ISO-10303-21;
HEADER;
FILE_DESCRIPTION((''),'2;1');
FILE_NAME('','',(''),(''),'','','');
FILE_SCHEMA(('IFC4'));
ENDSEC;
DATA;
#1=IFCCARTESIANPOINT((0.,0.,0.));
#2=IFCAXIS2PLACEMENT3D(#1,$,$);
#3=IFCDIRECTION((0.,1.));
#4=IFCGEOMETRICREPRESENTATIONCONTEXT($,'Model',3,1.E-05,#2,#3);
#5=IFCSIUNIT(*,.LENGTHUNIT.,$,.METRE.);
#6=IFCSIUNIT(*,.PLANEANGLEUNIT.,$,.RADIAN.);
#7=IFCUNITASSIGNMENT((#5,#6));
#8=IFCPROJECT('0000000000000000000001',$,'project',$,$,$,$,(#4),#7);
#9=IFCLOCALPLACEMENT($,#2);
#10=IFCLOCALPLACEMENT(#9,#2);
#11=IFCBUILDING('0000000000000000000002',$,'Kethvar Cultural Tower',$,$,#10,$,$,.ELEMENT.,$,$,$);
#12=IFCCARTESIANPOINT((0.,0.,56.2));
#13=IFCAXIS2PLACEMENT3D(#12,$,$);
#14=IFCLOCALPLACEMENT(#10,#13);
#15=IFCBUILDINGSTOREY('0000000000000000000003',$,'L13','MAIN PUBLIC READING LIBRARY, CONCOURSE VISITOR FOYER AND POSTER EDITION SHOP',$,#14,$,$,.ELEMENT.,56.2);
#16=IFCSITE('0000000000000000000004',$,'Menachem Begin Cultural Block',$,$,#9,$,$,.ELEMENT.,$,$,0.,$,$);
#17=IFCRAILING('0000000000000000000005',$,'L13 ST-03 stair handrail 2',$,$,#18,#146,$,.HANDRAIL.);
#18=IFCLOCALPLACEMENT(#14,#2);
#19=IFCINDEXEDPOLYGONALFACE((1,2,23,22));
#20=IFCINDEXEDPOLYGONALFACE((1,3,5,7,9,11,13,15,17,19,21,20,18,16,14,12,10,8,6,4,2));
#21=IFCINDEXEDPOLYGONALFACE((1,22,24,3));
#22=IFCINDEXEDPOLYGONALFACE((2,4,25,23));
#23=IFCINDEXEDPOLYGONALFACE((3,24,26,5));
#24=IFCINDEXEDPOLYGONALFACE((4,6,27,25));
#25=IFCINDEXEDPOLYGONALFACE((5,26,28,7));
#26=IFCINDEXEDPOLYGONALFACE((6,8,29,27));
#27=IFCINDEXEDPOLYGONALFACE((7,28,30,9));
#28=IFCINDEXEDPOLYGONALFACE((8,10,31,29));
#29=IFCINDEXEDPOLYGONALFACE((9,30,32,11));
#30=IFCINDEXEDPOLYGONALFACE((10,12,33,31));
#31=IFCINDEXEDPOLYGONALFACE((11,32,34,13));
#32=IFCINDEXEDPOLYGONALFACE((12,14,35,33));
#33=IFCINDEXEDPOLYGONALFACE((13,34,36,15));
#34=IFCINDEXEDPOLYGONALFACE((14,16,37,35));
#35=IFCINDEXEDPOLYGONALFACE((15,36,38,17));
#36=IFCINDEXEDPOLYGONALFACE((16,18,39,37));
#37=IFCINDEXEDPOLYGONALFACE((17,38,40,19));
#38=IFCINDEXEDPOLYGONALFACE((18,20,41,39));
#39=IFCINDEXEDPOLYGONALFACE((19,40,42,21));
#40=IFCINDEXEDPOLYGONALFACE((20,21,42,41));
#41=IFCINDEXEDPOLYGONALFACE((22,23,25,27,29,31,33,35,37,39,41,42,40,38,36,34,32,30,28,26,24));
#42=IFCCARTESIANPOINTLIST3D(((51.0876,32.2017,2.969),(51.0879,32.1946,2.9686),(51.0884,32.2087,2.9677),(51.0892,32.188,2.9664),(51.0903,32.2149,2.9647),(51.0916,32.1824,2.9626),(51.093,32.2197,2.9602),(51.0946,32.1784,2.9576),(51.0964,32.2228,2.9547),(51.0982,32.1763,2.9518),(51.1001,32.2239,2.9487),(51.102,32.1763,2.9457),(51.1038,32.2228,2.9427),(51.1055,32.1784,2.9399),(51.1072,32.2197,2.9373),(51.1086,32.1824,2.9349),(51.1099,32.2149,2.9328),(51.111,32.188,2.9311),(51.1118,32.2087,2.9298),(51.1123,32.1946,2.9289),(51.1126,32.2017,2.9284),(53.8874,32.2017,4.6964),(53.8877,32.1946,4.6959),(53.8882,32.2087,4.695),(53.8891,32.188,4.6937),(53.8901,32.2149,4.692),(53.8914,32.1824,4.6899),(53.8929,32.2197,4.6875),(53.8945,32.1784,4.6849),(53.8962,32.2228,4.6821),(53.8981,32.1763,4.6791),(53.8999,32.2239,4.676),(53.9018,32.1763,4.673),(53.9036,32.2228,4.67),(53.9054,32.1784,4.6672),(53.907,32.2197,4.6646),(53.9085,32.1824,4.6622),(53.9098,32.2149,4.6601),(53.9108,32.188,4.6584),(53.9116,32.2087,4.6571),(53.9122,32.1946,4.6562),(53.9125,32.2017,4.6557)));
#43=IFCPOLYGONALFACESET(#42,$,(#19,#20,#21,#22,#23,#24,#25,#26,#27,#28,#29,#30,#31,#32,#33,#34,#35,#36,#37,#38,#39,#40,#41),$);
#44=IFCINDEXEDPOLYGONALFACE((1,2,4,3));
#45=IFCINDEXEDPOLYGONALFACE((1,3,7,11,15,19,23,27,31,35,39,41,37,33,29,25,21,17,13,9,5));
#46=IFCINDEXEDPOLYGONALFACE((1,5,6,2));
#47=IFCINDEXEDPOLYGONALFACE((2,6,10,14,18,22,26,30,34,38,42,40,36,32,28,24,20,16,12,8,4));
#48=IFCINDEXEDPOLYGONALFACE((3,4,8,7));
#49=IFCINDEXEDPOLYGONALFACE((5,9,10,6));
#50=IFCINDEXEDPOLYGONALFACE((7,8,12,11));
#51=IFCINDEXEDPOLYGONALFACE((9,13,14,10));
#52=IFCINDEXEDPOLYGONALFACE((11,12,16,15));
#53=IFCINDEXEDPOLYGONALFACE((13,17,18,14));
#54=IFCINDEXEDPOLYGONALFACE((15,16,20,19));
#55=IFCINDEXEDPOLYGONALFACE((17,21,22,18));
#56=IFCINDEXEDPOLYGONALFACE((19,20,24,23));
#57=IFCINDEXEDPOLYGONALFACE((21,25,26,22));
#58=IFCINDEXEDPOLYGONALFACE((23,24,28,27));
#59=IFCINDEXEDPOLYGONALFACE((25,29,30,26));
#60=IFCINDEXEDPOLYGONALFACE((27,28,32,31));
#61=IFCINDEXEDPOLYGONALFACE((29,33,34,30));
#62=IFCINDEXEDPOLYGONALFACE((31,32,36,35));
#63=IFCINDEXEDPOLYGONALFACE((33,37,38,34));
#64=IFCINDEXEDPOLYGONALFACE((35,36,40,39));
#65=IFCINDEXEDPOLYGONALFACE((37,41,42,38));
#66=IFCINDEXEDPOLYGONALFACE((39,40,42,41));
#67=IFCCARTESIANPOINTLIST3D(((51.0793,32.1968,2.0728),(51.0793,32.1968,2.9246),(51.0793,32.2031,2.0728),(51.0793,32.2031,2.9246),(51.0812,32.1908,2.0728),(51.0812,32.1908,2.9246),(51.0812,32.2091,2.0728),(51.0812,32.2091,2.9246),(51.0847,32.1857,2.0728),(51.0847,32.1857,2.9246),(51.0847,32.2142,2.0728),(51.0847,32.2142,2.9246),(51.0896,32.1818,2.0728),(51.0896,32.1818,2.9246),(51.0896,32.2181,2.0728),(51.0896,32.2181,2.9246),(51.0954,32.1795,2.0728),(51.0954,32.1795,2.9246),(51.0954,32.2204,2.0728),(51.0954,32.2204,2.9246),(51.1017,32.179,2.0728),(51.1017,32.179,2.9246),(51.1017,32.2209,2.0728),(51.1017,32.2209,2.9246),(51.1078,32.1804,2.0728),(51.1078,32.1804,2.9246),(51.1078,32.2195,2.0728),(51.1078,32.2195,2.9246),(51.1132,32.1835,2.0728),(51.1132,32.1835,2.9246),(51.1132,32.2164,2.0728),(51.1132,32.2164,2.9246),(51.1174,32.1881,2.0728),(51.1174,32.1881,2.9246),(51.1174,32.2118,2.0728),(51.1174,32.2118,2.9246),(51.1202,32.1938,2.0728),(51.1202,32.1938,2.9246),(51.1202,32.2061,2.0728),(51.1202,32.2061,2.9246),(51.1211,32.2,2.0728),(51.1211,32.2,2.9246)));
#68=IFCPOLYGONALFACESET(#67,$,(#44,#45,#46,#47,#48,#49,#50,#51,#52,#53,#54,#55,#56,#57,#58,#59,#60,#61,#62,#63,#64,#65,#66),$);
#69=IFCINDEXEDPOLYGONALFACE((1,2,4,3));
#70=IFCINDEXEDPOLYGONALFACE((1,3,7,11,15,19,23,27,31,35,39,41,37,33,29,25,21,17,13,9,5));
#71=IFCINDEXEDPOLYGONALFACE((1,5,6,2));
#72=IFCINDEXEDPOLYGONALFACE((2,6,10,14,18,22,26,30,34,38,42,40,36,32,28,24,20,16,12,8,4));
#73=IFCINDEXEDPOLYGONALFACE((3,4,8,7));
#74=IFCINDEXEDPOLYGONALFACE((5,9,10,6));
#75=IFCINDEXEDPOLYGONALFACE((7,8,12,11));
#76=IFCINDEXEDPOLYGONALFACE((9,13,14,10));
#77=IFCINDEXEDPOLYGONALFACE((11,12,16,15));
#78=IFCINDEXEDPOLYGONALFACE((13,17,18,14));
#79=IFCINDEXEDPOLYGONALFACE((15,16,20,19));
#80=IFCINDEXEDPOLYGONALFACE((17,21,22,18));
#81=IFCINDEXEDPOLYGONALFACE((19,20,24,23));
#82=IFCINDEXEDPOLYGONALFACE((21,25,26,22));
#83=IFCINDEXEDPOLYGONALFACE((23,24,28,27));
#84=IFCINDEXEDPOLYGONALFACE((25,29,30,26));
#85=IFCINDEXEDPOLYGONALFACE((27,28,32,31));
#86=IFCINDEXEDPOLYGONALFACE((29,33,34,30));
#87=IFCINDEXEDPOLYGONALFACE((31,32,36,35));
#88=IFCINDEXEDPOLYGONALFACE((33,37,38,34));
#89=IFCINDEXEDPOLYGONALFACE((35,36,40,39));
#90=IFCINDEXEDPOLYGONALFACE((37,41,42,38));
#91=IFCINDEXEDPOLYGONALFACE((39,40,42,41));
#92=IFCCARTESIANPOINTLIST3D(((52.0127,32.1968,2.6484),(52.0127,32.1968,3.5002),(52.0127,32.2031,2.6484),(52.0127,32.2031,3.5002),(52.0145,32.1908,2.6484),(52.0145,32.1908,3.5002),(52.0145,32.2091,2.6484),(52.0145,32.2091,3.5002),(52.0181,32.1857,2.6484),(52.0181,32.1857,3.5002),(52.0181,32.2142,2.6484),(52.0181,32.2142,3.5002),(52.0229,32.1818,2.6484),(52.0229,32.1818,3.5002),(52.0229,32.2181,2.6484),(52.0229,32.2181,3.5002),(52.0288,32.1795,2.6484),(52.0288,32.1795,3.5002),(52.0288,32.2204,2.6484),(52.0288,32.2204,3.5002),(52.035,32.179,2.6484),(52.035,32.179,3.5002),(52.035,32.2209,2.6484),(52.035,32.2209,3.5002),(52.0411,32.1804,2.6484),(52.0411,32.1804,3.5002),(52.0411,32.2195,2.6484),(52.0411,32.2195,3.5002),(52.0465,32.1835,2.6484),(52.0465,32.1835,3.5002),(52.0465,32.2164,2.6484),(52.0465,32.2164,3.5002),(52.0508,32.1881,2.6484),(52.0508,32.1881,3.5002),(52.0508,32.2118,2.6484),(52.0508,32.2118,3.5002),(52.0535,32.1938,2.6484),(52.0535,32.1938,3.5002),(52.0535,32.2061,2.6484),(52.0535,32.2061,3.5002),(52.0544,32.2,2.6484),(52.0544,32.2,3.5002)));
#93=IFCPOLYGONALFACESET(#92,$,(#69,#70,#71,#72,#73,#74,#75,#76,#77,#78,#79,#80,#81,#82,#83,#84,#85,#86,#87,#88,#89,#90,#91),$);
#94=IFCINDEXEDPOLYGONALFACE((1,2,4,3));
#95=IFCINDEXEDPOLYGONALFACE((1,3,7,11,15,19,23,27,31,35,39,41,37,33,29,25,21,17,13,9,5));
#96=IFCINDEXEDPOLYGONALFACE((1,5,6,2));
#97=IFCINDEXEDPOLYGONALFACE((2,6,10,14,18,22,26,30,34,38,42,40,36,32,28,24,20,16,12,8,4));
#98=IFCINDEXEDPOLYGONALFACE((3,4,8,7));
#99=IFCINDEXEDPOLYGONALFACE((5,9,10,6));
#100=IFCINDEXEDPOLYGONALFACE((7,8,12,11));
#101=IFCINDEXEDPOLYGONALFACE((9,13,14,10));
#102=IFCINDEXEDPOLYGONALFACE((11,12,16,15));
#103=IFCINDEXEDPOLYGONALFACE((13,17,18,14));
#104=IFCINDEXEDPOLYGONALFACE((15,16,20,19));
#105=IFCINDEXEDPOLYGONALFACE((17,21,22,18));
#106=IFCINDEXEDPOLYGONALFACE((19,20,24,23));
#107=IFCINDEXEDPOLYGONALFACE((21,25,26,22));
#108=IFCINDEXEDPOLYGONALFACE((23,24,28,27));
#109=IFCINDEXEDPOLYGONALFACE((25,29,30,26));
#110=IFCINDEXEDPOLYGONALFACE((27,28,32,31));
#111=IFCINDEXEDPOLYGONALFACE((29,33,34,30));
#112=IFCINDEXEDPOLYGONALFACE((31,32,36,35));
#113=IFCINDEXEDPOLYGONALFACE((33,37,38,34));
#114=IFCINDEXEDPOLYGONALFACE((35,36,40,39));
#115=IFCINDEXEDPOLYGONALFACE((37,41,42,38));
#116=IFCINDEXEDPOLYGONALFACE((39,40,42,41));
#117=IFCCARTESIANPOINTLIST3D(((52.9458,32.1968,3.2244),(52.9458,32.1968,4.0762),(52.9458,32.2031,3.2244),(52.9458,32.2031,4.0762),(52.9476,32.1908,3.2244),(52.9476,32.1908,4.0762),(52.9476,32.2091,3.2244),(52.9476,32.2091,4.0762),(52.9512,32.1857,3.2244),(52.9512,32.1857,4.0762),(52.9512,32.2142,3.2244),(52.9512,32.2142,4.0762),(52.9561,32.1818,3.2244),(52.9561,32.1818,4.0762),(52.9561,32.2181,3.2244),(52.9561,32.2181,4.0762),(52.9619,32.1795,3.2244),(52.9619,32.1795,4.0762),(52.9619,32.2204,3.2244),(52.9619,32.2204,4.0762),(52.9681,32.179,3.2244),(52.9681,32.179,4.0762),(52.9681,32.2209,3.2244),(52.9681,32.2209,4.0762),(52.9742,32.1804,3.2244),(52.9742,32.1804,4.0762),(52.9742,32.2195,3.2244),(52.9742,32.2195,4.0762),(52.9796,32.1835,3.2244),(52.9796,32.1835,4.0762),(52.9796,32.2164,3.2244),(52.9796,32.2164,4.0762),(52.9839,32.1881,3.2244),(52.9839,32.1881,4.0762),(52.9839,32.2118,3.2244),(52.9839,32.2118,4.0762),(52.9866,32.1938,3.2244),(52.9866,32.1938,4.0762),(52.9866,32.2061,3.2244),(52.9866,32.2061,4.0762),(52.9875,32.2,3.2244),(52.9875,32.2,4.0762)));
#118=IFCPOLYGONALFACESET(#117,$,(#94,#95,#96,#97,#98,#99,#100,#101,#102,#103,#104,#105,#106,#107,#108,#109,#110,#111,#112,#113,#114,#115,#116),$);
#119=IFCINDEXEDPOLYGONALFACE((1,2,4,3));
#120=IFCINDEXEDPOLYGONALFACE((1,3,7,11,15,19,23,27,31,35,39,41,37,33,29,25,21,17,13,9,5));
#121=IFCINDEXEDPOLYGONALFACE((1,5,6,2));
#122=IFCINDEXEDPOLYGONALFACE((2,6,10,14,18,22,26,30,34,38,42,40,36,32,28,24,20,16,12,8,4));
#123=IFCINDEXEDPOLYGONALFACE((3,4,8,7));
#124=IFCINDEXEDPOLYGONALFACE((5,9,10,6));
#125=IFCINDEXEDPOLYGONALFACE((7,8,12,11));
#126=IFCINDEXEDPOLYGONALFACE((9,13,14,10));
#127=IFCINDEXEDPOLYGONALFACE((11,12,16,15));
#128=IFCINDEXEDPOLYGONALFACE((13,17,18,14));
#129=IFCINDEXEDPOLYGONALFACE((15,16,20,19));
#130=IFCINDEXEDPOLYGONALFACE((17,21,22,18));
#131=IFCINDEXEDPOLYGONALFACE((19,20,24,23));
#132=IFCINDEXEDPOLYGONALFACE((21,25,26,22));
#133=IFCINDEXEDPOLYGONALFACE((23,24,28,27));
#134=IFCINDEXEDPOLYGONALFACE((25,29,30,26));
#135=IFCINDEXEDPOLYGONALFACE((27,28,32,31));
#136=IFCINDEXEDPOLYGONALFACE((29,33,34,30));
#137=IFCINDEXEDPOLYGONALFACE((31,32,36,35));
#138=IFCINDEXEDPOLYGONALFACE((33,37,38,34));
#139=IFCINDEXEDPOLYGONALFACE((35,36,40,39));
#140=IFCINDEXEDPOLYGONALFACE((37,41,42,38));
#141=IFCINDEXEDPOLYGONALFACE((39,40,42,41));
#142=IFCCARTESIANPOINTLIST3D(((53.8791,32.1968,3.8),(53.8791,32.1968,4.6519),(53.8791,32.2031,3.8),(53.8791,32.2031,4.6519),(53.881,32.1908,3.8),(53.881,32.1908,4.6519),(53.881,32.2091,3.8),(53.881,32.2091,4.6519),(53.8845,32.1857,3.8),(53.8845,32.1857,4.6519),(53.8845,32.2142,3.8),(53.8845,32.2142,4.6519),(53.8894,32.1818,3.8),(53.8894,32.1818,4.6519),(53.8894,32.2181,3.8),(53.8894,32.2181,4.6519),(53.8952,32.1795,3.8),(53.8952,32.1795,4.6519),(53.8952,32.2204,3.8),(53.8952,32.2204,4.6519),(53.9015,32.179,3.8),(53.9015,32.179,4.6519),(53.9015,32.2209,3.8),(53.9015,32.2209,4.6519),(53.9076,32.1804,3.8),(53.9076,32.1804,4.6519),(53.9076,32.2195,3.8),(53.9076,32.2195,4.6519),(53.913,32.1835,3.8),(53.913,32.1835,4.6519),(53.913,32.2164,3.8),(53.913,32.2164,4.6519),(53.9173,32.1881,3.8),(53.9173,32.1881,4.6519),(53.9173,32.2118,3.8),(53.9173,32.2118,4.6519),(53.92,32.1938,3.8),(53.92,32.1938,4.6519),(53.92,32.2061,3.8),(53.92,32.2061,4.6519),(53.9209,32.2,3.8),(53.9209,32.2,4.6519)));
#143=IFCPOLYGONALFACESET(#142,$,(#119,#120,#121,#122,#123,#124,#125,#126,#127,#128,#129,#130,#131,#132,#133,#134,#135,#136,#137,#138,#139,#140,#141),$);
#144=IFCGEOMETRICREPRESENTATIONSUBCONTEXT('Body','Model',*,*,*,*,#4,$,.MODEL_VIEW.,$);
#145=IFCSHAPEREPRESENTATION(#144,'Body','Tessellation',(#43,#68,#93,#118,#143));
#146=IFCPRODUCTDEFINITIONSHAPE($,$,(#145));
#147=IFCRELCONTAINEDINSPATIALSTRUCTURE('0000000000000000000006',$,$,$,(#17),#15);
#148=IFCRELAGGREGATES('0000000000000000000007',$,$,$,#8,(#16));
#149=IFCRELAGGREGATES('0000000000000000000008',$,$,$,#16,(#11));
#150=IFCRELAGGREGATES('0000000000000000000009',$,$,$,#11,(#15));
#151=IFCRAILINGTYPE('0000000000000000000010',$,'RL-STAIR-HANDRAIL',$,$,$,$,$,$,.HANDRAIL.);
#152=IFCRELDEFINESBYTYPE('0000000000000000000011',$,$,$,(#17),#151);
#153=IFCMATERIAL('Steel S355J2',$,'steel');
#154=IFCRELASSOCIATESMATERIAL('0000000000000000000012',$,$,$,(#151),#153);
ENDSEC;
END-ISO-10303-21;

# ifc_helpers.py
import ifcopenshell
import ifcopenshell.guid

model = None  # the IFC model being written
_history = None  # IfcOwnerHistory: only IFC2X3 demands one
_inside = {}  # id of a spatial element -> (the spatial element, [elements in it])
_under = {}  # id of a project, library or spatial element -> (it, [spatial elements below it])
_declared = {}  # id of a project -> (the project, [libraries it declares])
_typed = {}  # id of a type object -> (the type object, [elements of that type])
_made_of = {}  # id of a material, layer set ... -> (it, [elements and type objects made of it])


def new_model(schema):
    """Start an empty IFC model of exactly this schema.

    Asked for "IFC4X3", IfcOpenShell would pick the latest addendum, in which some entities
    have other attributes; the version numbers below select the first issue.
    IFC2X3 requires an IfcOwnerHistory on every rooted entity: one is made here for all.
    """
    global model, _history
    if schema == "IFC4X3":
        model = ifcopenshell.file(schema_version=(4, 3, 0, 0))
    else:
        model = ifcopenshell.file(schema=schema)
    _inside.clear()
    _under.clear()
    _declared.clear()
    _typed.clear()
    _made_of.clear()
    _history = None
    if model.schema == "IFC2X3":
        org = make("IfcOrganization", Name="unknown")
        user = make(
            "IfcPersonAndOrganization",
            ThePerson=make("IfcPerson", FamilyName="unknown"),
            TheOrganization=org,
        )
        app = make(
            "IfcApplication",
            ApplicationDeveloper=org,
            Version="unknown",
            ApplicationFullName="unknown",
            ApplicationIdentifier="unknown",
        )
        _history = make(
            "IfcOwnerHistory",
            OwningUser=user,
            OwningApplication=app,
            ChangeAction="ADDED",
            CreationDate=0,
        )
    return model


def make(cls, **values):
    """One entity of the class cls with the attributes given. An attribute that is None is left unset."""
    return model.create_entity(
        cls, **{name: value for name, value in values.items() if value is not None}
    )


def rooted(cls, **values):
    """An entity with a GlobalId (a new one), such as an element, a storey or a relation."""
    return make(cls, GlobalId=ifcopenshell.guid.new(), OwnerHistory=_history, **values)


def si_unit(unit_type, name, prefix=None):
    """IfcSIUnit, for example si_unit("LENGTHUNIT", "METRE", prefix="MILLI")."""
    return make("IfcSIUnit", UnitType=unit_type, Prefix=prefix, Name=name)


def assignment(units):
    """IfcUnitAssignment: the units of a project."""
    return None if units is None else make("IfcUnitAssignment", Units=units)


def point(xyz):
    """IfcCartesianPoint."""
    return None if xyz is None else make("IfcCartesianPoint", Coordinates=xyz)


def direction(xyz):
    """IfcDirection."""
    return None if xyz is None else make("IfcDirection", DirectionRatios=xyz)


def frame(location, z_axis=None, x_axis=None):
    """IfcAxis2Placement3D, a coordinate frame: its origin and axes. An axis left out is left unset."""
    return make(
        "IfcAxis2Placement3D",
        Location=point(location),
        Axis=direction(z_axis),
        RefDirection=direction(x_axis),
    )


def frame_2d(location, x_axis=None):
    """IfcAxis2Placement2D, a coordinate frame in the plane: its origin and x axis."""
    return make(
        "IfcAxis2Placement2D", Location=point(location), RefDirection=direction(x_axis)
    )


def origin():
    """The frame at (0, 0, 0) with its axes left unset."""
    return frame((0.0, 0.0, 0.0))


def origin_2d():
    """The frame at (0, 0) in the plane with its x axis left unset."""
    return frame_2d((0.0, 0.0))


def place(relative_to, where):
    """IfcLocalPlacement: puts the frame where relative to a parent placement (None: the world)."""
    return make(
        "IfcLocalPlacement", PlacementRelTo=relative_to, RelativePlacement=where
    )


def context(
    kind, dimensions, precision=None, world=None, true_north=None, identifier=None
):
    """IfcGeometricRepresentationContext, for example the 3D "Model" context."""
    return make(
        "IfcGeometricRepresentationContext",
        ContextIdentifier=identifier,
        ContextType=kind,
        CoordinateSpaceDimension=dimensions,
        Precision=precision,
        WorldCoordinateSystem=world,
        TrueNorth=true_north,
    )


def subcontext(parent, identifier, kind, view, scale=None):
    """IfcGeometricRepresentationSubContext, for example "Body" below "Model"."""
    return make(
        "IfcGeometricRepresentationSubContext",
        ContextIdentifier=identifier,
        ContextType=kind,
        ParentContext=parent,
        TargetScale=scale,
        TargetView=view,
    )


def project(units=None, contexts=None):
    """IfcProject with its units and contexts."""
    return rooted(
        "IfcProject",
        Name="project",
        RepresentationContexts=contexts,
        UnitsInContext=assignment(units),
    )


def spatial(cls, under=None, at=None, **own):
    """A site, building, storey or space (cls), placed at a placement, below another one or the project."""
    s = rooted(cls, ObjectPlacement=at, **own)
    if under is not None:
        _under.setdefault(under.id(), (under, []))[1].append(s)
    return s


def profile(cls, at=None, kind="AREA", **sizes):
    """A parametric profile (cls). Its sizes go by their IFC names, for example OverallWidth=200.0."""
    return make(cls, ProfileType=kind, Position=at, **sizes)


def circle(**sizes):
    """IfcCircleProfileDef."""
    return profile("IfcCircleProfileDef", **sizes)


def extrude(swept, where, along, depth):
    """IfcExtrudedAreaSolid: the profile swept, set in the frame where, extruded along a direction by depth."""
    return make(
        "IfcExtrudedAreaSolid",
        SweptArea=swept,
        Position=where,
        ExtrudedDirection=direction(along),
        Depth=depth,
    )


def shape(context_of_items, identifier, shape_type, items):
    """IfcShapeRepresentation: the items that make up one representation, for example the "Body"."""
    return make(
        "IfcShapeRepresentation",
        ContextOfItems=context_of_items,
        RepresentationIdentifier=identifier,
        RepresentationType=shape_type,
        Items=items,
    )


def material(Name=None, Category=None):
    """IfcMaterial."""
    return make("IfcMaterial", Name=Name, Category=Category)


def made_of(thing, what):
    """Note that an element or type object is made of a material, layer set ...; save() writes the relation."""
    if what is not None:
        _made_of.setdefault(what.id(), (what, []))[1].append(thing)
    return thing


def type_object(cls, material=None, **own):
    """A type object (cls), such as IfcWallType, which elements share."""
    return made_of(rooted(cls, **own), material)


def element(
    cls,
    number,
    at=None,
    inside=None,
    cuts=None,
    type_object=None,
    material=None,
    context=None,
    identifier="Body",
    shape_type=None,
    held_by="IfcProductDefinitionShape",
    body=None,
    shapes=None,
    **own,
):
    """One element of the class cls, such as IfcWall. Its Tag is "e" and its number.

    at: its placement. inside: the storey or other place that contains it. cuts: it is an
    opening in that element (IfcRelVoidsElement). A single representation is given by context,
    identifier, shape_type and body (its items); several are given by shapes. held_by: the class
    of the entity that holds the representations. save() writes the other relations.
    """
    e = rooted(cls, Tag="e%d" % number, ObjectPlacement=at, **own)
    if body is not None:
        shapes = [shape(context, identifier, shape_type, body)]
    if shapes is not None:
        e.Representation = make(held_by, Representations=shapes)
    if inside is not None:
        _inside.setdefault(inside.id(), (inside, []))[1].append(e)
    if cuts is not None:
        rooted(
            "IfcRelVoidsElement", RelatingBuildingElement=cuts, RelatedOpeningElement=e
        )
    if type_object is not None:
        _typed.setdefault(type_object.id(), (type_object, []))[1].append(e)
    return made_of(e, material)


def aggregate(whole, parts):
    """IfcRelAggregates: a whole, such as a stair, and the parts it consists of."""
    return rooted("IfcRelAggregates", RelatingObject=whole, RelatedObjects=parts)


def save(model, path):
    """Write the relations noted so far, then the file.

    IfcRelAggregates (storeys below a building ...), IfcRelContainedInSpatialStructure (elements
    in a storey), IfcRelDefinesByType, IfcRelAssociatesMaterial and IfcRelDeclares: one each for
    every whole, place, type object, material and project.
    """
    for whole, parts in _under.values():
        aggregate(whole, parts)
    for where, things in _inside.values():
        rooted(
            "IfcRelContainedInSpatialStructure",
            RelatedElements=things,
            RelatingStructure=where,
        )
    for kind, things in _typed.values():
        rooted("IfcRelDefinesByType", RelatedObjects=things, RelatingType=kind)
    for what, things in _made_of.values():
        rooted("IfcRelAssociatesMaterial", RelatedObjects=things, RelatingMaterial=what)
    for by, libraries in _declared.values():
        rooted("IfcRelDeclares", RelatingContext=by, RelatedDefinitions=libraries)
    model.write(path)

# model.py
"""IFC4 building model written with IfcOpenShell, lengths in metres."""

from ifc_helpers import new_model, si_unit, direction, frame, origin, origin_2d, place, context, subcontext, project, spatial, circle, extrude, material, type_object, element, save


model = new_model("IFC4")

# Units and contexts
model_context = context("Model", 3, precision=1e-05, world=origin(), true_north=direction((0.0, 1.0)))
body_context = subcontext(model_context, "Body", "Model", "MODEL_VIEW")
ifc_project = project(units=[si_unit("LENGTHUNIT", "METRE"), si_unit("PLANEANGLEUNIT", "RADIAN")], contexts=[model_context])

# Site, building, storey
site_placement = place(None, origin())
site = spatial("IfcSite", under=ifc_project, at=site_placement, Name="Menachem Begin Cultural Block", CompositionType="ELEMENT", RefElevation=0.0)
building_placement = place(site_placement, origin())
building = spatial("IfcBuilding", under=site, at=building_placement, Name="Kethvar Cultural Tower", CompositionType="ELEMENT")
storey_placement = place(building_placement, frame((0.0, 0.0, 56.2)))
storey = spatial("IfcBuildingStorey", under=building, at=storey_placement, Name="L13", Description="MAIN PUBLIC READING LIBRARY, CONCOURSE VISITOR FOYER AND POSTER EDITION SHOP", CompositionType="ELEMENT", Elevation=56.2)

# Shared definitions
ifc_material_1 = material(Name="Steel S355J2", Category="steel")

# Railing
railing_type_1 = type_object("IfcRailingType", Name="RL-STAIR-HANDRAIL", PredefinedType="HANDRAIL", material=ifc_material_1)
railing_1_placement = place(storey_placement, frame((51.1001, 32.2, 2.0728)))
element("IfcRailing", 1, at=railing_1_placement, inside=storey, type_object=railing_type_1, Name="L13 ST-03 stair handrail 2", PredefinedType="HANDRAIL", context=body_context, shape_type="SweptSolid", body=[
    extrude(circle(Radius=0.0239, at=origin_2d()), frame((0.0, 0.0, 0.876), z_axis=(0.851069, 0.0, 0.525054), x_axis=(0.0, 1.0, 0.0)), (0.0, 0.0, 1.0), 3.2898),
    extrude(circle(Radius=0.021, at=origin_2d()), origin(), (0.0, 0.0, 1.0), 0.8518),
    extrude(circle(Radius=0.021, at=origin_2d()), frame((0.9333, 0.0, 0.5757)), (0.0, 0.0, 1.0), 0.8518),
    extrude(circle(Radius=0.021, at=origin_2d()), frame((1.8665, 0.0, 1.1516)), (0.0, 0.0, 1.0), 0.8518),
    extrude(circle(Radius=0.021, at=origin_2d()), frame((2.7998, 0.0, 1.7273)), (0.0, 0.0, 1.0), 0.8518),
])

save(model, "model.ifc")
